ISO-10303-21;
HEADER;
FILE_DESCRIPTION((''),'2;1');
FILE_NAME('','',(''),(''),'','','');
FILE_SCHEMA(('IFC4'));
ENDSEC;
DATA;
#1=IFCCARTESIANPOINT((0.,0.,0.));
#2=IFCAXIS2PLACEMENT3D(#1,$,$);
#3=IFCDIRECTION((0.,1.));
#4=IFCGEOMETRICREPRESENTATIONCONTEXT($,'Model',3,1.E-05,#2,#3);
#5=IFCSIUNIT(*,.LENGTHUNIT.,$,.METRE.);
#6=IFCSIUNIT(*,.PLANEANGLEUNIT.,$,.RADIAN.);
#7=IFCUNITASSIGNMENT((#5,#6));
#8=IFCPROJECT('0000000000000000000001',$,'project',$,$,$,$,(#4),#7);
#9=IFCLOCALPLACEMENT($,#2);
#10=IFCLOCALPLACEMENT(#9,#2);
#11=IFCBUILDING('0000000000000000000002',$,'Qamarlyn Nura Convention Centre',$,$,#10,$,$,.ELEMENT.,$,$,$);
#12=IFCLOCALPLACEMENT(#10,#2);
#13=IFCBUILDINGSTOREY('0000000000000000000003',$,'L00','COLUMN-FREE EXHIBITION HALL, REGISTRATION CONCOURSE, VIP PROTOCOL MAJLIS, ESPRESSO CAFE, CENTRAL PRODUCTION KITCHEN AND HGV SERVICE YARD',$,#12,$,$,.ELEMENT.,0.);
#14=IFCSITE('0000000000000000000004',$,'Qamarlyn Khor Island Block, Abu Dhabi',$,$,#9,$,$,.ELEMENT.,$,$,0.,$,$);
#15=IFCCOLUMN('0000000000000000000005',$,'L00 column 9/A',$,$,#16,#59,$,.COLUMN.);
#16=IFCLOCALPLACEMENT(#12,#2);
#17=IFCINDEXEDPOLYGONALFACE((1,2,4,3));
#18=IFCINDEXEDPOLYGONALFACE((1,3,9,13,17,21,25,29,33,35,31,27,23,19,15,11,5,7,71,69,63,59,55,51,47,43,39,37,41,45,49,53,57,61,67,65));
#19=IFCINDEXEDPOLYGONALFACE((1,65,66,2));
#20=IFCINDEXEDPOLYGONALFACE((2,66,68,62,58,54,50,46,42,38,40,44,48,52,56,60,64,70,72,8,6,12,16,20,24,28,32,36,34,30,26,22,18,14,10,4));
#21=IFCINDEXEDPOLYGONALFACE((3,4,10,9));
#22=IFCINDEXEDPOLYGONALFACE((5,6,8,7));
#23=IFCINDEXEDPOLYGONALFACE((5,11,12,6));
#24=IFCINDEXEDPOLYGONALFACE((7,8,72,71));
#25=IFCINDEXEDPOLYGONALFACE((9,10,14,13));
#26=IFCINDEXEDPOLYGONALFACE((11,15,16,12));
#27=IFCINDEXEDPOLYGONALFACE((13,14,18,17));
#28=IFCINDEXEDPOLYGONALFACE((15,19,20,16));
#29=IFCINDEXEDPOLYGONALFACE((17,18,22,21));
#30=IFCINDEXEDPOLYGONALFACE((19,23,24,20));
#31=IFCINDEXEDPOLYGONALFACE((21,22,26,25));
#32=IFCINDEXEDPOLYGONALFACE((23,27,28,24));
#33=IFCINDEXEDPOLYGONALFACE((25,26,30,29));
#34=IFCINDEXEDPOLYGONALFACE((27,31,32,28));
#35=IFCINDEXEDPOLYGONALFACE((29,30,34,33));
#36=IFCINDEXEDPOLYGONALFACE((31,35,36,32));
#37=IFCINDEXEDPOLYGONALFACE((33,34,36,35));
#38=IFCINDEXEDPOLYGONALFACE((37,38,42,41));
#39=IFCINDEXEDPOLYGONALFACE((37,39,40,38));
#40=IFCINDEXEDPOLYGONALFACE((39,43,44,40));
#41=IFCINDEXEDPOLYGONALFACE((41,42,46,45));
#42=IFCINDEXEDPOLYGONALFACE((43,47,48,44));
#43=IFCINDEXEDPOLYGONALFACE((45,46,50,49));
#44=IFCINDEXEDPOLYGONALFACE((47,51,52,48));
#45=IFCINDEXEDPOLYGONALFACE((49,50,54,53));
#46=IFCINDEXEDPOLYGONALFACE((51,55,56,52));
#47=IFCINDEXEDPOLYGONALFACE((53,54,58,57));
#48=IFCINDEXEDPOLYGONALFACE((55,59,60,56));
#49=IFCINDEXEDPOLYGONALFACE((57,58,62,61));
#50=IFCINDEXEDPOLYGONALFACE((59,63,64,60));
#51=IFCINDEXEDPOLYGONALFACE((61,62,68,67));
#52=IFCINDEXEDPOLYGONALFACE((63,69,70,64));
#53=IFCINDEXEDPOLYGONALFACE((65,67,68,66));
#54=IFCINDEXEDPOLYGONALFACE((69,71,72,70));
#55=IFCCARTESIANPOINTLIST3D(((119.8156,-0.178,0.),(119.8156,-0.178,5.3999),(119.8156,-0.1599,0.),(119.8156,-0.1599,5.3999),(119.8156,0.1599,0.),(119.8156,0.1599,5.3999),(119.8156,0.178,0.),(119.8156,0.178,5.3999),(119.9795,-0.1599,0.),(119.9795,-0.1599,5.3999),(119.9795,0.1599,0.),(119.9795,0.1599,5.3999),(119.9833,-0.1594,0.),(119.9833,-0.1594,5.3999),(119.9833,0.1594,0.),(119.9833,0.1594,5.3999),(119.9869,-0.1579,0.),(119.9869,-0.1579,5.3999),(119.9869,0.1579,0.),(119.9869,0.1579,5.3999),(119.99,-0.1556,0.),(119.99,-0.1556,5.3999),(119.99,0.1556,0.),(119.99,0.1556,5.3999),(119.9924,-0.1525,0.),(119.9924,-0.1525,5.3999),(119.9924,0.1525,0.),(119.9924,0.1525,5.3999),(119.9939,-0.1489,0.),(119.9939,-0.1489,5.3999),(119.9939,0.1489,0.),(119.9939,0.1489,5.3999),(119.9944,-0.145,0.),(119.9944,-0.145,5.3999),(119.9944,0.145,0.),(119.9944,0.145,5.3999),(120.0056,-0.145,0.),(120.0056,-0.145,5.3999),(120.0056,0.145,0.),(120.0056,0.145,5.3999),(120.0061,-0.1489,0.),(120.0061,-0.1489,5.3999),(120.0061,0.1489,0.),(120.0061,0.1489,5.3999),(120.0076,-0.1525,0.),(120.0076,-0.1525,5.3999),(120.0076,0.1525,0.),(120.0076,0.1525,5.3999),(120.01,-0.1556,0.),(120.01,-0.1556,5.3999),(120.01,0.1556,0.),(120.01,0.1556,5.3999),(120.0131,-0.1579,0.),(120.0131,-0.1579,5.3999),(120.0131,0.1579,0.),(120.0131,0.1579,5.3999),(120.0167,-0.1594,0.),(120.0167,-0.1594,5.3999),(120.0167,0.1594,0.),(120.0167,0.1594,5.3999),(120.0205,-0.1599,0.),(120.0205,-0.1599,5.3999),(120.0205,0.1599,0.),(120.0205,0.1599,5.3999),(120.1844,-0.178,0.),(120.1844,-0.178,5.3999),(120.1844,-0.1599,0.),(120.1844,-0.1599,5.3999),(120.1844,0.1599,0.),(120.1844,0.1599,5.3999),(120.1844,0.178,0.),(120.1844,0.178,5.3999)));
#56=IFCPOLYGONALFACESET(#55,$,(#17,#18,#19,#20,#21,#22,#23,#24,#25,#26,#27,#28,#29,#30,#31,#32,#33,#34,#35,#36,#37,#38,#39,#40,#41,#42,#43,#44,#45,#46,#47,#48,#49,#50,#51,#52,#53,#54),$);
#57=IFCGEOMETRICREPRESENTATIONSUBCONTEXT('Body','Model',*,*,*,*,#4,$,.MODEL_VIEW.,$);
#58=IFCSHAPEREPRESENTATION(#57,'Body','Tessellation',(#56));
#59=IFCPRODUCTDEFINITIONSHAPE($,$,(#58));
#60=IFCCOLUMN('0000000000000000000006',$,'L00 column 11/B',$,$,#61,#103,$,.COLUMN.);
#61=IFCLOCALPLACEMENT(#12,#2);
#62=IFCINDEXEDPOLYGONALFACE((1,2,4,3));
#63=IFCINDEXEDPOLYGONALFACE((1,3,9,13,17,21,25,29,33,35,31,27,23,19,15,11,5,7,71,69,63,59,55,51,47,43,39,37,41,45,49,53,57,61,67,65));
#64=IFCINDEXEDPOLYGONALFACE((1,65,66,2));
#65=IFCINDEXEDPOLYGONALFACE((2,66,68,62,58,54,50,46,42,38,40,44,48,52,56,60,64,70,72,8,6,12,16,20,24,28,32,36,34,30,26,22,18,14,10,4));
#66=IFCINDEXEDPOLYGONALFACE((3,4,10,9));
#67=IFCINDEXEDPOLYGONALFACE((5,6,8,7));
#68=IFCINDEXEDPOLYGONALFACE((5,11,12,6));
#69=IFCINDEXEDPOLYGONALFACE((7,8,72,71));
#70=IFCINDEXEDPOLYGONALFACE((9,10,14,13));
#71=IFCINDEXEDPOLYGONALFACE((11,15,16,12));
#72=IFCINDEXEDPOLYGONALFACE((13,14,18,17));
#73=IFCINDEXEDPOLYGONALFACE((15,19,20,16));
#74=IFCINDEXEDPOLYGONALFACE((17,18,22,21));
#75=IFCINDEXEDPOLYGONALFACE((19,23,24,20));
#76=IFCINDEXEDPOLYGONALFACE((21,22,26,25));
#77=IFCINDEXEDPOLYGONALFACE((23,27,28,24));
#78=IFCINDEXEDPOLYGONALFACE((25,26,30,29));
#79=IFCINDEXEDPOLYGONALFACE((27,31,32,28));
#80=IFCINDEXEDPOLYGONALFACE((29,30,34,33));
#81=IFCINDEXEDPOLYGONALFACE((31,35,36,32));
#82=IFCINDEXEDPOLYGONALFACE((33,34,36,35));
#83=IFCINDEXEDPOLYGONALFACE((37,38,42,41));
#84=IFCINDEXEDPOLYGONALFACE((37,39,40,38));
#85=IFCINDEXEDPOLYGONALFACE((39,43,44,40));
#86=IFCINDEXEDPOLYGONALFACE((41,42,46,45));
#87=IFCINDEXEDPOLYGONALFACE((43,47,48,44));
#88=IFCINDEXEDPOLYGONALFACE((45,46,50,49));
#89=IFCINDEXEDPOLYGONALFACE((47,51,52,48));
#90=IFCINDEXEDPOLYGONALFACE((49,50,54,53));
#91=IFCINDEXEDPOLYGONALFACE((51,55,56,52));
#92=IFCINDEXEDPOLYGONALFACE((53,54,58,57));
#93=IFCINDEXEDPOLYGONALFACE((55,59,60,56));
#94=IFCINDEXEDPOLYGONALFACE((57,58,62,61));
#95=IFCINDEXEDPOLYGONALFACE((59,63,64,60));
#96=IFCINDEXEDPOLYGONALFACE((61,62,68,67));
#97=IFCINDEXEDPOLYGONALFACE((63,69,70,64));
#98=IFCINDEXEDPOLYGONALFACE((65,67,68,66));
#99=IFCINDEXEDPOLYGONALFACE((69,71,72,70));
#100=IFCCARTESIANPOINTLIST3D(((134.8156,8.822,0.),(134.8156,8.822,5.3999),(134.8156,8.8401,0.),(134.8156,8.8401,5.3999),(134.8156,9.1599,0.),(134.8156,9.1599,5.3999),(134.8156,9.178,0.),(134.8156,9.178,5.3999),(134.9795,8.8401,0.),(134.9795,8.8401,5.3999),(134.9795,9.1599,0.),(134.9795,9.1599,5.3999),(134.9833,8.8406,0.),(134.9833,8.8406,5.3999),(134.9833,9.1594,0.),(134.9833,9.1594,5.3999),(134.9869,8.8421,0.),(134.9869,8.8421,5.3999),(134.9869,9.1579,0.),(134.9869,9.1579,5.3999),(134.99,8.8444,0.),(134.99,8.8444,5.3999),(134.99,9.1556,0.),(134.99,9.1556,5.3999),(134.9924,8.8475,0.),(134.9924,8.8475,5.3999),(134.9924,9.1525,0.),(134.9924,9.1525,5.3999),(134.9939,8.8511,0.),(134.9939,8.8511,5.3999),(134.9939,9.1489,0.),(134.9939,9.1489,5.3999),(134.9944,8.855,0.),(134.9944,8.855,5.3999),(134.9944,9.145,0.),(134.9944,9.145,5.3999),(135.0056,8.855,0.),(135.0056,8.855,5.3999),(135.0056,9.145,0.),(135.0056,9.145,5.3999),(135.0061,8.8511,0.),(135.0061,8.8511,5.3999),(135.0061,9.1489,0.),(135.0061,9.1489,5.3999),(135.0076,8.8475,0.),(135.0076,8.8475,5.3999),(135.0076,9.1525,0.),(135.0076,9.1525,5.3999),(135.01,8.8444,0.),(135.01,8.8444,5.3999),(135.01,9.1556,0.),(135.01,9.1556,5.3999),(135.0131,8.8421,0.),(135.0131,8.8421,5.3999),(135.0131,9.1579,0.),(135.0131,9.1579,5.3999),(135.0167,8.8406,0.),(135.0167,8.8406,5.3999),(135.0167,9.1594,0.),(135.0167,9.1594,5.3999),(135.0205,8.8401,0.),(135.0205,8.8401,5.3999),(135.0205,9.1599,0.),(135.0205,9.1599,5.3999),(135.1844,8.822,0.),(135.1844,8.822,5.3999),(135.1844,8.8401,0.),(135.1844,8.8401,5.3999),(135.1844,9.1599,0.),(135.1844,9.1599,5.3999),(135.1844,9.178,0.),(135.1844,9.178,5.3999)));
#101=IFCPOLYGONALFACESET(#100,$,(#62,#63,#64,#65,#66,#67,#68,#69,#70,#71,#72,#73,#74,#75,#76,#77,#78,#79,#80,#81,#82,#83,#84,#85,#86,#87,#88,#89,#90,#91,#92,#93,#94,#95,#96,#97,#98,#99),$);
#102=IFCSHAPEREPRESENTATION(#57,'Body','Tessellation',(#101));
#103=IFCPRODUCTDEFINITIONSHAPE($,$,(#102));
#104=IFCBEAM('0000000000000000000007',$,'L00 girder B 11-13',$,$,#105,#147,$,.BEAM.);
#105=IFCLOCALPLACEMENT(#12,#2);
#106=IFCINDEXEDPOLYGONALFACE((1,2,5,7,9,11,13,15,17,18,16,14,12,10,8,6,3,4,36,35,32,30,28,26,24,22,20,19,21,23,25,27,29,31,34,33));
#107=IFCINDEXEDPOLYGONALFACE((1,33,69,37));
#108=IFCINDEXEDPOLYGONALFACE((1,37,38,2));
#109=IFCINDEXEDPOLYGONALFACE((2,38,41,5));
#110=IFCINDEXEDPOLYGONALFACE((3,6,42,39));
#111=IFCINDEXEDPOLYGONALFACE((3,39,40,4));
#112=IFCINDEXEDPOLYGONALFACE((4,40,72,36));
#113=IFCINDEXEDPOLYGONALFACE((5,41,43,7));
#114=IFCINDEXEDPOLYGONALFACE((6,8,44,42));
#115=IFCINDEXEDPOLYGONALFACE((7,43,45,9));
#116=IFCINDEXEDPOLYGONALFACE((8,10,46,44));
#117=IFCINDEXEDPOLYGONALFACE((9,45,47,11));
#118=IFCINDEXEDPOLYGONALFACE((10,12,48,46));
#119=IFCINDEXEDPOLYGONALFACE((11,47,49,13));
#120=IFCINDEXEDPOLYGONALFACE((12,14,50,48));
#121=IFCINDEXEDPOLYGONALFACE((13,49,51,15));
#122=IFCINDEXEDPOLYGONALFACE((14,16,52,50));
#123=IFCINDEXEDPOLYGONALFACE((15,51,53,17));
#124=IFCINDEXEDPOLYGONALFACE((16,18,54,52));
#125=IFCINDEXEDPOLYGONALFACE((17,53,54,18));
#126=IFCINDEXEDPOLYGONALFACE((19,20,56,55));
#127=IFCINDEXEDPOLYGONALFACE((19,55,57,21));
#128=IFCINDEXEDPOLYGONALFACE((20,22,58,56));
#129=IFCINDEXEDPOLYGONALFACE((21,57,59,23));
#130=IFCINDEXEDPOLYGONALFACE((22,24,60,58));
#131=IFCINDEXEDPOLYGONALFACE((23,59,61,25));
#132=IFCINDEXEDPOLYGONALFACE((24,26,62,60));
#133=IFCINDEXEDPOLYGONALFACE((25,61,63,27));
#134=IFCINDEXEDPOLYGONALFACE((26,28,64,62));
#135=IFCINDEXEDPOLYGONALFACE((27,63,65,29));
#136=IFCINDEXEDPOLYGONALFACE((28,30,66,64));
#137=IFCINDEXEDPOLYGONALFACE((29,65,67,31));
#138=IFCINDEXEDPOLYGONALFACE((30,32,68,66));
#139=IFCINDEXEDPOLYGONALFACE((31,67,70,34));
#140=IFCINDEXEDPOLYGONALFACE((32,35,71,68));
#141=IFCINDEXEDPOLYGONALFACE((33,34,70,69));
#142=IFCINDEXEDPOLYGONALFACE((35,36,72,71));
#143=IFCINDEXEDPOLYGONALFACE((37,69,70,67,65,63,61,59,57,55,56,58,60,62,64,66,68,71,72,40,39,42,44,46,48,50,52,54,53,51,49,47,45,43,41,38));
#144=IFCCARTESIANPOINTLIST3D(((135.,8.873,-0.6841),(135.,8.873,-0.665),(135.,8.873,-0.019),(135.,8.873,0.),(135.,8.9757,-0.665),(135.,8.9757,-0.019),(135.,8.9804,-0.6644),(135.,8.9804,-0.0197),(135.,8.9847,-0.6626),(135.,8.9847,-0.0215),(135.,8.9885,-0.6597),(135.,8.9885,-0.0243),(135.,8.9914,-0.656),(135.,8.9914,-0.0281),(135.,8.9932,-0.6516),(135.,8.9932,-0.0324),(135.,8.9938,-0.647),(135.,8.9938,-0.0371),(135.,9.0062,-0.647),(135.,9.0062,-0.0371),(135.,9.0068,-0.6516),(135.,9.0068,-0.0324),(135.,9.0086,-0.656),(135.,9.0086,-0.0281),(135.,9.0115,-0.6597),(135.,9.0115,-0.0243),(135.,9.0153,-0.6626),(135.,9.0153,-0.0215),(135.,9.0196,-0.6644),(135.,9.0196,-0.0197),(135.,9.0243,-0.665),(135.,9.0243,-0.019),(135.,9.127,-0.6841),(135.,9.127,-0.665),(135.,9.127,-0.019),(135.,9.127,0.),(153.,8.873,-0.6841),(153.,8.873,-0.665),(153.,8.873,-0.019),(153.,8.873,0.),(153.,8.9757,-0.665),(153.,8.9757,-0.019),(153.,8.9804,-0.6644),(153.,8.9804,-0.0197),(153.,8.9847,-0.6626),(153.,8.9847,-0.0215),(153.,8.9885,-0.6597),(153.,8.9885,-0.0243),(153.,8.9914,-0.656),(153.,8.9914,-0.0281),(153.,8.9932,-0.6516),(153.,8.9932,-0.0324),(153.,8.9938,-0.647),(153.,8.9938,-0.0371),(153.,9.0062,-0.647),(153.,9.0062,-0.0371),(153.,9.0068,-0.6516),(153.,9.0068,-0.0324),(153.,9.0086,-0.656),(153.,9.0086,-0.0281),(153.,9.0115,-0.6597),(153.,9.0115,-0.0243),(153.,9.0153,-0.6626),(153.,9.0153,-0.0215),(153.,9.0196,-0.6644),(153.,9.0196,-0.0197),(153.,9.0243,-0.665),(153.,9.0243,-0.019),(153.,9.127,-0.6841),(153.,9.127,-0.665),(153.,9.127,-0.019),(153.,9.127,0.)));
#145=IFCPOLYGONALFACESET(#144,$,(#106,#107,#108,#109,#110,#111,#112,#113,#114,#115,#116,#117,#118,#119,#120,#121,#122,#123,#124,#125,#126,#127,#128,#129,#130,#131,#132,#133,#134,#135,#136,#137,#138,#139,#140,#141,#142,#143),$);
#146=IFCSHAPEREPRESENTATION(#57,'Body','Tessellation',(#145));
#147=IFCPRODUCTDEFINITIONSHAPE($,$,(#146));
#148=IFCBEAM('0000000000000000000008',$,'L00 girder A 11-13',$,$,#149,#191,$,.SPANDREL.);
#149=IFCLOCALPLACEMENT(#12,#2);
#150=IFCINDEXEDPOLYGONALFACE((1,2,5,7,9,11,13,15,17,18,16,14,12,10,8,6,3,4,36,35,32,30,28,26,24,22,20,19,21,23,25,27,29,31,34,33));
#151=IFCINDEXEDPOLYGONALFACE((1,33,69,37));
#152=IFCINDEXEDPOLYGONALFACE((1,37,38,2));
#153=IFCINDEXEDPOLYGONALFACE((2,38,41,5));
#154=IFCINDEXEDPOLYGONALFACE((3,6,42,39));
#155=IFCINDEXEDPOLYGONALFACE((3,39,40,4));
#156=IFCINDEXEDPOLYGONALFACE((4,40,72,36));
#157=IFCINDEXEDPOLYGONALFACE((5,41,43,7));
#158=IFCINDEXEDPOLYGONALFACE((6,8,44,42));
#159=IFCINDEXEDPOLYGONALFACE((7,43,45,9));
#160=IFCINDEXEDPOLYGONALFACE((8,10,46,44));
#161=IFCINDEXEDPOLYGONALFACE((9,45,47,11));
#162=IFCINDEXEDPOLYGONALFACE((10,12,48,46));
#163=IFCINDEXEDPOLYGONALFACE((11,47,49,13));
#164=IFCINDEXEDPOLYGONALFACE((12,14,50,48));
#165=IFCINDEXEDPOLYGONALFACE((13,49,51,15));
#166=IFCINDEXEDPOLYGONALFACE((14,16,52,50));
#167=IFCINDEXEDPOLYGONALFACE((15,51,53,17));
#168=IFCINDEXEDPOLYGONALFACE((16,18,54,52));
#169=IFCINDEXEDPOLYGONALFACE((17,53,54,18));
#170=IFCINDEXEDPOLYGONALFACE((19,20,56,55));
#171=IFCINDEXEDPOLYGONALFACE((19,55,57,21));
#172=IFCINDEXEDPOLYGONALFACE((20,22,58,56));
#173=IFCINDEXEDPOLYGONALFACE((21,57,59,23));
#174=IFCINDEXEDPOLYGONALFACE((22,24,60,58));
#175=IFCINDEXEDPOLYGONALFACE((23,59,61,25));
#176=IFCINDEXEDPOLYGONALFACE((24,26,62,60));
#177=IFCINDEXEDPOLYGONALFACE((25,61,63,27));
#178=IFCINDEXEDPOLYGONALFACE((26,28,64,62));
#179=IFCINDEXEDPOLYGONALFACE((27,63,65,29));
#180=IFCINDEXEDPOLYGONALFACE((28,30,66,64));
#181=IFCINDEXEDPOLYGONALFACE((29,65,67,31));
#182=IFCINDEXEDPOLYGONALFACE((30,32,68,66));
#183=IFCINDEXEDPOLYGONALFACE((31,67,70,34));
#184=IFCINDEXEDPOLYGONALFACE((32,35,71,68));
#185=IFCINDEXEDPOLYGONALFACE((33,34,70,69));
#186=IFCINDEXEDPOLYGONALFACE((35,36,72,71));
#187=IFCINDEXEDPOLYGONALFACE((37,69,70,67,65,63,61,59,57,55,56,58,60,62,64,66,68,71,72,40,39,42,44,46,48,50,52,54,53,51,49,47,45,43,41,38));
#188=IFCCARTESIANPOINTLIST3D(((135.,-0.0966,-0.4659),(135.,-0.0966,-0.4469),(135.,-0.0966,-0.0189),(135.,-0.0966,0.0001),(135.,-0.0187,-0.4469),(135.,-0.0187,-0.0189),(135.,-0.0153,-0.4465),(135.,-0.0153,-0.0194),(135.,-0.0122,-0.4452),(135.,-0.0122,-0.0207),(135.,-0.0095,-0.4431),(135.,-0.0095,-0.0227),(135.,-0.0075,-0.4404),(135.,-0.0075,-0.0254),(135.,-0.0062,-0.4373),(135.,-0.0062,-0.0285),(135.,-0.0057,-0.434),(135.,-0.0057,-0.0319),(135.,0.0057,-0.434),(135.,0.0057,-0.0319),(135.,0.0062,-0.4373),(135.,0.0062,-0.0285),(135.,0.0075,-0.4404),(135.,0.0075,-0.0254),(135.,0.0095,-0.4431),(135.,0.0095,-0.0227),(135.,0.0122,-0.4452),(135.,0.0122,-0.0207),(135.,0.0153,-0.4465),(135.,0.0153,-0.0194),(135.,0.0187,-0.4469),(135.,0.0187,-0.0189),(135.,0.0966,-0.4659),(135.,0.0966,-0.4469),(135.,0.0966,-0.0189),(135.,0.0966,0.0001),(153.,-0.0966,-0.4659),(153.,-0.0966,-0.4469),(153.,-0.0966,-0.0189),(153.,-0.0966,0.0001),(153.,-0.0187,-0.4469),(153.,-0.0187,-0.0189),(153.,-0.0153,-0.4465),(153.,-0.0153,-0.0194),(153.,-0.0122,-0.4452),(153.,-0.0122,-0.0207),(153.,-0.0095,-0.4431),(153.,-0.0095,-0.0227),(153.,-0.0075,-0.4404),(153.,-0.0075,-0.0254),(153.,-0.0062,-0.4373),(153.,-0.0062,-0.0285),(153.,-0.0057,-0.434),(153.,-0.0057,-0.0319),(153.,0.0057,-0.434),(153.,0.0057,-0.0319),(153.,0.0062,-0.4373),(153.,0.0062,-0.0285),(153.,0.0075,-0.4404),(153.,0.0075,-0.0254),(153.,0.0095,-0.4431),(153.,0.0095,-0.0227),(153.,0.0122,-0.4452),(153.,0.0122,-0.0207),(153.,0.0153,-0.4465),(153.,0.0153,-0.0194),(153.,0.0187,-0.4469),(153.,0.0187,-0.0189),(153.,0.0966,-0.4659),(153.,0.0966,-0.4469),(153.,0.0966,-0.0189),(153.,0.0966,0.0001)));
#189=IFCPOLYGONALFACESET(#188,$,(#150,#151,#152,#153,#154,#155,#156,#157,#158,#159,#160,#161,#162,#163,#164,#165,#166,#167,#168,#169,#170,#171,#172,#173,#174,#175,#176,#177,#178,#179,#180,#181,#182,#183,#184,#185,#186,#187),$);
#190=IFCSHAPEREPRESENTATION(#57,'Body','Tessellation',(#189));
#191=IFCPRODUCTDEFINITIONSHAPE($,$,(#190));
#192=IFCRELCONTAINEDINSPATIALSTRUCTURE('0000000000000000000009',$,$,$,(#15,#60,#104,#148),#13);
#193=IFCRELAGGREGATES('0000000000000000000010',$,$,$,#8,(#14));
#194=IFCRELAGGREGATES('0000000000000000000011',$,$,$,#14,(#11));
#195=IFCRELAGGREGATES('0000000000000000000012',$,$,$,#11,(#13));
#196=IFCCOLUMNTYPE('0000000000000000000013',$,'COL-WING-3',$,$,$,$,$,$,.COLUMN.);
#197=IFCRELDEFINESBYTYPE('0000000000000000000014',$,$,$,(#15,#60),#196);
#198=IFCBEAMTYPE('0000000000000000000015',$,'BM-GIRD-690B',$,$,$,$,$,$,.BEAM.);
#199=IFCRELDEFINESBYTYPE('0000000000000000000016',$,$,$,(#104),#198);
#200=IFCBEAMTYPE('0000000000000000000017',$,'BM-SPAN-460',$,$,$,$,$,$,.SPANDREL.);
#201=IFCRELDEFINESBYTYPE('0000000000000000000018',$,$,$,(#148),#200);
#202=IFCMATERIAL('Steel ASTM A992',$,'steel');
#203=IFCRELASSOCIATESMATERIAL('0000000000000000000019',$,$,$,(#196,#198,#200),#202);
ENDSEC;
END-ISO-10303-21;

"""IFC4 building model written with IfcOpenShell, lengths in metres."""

from ifc_helpers import new_model, si_unit, direction, frame, origin, origin_2d, place, context, subcontext, project, spatial, i_section, extrude, material, material_profile, profile_set, type_object, element, save


model = new_model("IFC4")

# Units and contexts
model_context = context("Model", 3, precision=1e-05, world=origin(), true_north=direction((0.0, 1.0)))
body_context = subcontext(model_context, "Body", "Model", "MODEL_VIEW")
ifc_project = project(units=[si_unit("LENGTHUNIT", "METRE"), si_unit("PLANEANGLEUNIT", "RADIAN")], contexts=[model_context])

# Site, building, storey
site_placement = place(None, origin())
site = spatial("IfcSite", under=ifc_project, at=site_placement, Name="Qamarlyn Khor Island Block, Abu Dhabi", CompositionType="ELEMENT", RefElevation=0.0)
building_placement = place(site_placement, origin())
building = spatial("IfcBuilding", under=site, at=building_placement, Name="Qamarlyn Nura Convention Centre", CompositionType="ELEMENT")
storey_placement = place(building_placement, origin())
storey = spatial("IfcBuildingStorey", under=building, at=storey_placement, Name="L00", Description="COLUMN-FREE EXHIBITION HALL, REGISTRATION CONCOURSE, VIP PROTOCOL MAJLIS, ESPRESSO CAFE, CENTRAL PRODUCTION KITCHEN AND HGV SERVICE YARD", CompositionType="ELEMENT", Elevation=0.0)

# Columns
ifc_material_1 = material(Name="Steel ASTM A992", Category="steel")
ifc_material_profile_1 = material_profile(ifc_material_1, i_section(OverallWidth=0.3689, OverallDepth=0.356, WebThickness=0.0112, FlangeThickness=0.0181, FilletRadius=0.0149, at=origin_2d()), Name="W360X134")
ifc_profile_set_1 = profile_set([ifc_material_profile_1], Name="Steel ASTM A992")
column_type_1 = type_object("IfcColumnType", Name="COL-WING-3", PredefinedType="COLUMN", material=ifc_profile_set_1)
for number, where, z_axis, x_axis, name in (
    (1, (120.0, 0.0, 0.0), (0.0, 0.0, 1.0), (1.0, 0.0, 0.0), "L00 column 9/A"),
    (2, (135.0, 9.0, 0.0), (0.0, 0.0, 1.0), (1.0, 0.0, 0.0), "L00 column 11/B"),
):
    element("IfcColumn", number, at=place(storey_placement, frame(where, z_axis=z_axis, x_axis=x_axis)), inside=storey, type_object=column_type_1, Name=name, PredefinedType="COLUMN", context=body_context, shape_type="SweptSolid", body=[
        extrude(i_section(OverallWidth=0.3689, OverallDepth=0.356, WebThickness=0.0112, FlangeThickness=0.0181, FilletRadius=0.0149, at=origin_2d()), origin(), (0.0, 0.0, 1.0), 5.3999),
    ])

# Beams
ifc_material_profile_2 = material_profile(ifc_material_1, i_section(OverallWidth=0.2539, OverallDepth=0.6841, WebThickness=0.0125, FlangeThickness=0.019, FilletRadius=0.0181, at=origin_2d()), Name="W690X140")
ifc_profile_set_2 = profile_set([ifc_material_profile_2], Name="Steel ASTM A992")
beam_type_1 = type_object("IfcBeamType", Name="BM-GIRD-690B", PredefinedType="BEAM", material=ifc_profile_set_2)
beam_1_placement = place(storey_placement, frame((135.0, 9.0, -0.342), z_axis=(1.0, 0.0, 0.0), x_axis=(0.0, 1.0, 0.0)))
element("IfcBeam", 3, at=beam_1_placement, inside=storey, type_object=beam_type_1, Name="L00 girder B 11-13", PredefinedType="BEAM", context=body_context, shape_type="SweptSolid", body=[
    extrude(i_section(OverallWidth=0.2539, OverallDepth=0.6841, WebThickness=0.0125, FlangeThickness=0.019, FilletRadius=0.0181, at=origin_2d()), origin(), (0.0, 0.0, 1.0), 18.0),
])
ifc_material_profile_3 = material_profile(ifc_material_1, i_section(OverallWidth=0.1931, OverallDepth=0.4661, WebThickness=0.0115, FlangeThickness=0.019, FilletRadius=0.0129, at=origin_2d()), Name="W460X97")
ifc_profile_set_3 = profile_set([ifc_material_profile_3], Name="Steel ASTM A992")
beam_type_2 = type_object("IfcBeamType", Name="BM-SPAN-460", PredefinedType="SPANDREL", material=ifc_profile_set_3)
beam_2_placement = place(storey_placement, frame((135.0, 0.0, -0.2329), z_axis=(1.0, 0.0, 0.0), x_axis=(0.0, 1.0, 0.0)))
element("IfcBeam", 4, at=beam_2_placement, inside=storey, type_object=beam_type_2, Name="L00 girder A 11-13", PredefinedType="SPANDREL", context=body_context, shape_type="SweptSolid", body=[
    extrude(i_section(OverallWidth=0.1931, OverallDepth=0.4661, WebThickness=0.0115, FlangeThickness=0.019, FilletRadius=0.0129, at=origin_2d()), origin(), (0.0, 0.0, 1.0), 18.0),
])

save(model, "model.ifc")
